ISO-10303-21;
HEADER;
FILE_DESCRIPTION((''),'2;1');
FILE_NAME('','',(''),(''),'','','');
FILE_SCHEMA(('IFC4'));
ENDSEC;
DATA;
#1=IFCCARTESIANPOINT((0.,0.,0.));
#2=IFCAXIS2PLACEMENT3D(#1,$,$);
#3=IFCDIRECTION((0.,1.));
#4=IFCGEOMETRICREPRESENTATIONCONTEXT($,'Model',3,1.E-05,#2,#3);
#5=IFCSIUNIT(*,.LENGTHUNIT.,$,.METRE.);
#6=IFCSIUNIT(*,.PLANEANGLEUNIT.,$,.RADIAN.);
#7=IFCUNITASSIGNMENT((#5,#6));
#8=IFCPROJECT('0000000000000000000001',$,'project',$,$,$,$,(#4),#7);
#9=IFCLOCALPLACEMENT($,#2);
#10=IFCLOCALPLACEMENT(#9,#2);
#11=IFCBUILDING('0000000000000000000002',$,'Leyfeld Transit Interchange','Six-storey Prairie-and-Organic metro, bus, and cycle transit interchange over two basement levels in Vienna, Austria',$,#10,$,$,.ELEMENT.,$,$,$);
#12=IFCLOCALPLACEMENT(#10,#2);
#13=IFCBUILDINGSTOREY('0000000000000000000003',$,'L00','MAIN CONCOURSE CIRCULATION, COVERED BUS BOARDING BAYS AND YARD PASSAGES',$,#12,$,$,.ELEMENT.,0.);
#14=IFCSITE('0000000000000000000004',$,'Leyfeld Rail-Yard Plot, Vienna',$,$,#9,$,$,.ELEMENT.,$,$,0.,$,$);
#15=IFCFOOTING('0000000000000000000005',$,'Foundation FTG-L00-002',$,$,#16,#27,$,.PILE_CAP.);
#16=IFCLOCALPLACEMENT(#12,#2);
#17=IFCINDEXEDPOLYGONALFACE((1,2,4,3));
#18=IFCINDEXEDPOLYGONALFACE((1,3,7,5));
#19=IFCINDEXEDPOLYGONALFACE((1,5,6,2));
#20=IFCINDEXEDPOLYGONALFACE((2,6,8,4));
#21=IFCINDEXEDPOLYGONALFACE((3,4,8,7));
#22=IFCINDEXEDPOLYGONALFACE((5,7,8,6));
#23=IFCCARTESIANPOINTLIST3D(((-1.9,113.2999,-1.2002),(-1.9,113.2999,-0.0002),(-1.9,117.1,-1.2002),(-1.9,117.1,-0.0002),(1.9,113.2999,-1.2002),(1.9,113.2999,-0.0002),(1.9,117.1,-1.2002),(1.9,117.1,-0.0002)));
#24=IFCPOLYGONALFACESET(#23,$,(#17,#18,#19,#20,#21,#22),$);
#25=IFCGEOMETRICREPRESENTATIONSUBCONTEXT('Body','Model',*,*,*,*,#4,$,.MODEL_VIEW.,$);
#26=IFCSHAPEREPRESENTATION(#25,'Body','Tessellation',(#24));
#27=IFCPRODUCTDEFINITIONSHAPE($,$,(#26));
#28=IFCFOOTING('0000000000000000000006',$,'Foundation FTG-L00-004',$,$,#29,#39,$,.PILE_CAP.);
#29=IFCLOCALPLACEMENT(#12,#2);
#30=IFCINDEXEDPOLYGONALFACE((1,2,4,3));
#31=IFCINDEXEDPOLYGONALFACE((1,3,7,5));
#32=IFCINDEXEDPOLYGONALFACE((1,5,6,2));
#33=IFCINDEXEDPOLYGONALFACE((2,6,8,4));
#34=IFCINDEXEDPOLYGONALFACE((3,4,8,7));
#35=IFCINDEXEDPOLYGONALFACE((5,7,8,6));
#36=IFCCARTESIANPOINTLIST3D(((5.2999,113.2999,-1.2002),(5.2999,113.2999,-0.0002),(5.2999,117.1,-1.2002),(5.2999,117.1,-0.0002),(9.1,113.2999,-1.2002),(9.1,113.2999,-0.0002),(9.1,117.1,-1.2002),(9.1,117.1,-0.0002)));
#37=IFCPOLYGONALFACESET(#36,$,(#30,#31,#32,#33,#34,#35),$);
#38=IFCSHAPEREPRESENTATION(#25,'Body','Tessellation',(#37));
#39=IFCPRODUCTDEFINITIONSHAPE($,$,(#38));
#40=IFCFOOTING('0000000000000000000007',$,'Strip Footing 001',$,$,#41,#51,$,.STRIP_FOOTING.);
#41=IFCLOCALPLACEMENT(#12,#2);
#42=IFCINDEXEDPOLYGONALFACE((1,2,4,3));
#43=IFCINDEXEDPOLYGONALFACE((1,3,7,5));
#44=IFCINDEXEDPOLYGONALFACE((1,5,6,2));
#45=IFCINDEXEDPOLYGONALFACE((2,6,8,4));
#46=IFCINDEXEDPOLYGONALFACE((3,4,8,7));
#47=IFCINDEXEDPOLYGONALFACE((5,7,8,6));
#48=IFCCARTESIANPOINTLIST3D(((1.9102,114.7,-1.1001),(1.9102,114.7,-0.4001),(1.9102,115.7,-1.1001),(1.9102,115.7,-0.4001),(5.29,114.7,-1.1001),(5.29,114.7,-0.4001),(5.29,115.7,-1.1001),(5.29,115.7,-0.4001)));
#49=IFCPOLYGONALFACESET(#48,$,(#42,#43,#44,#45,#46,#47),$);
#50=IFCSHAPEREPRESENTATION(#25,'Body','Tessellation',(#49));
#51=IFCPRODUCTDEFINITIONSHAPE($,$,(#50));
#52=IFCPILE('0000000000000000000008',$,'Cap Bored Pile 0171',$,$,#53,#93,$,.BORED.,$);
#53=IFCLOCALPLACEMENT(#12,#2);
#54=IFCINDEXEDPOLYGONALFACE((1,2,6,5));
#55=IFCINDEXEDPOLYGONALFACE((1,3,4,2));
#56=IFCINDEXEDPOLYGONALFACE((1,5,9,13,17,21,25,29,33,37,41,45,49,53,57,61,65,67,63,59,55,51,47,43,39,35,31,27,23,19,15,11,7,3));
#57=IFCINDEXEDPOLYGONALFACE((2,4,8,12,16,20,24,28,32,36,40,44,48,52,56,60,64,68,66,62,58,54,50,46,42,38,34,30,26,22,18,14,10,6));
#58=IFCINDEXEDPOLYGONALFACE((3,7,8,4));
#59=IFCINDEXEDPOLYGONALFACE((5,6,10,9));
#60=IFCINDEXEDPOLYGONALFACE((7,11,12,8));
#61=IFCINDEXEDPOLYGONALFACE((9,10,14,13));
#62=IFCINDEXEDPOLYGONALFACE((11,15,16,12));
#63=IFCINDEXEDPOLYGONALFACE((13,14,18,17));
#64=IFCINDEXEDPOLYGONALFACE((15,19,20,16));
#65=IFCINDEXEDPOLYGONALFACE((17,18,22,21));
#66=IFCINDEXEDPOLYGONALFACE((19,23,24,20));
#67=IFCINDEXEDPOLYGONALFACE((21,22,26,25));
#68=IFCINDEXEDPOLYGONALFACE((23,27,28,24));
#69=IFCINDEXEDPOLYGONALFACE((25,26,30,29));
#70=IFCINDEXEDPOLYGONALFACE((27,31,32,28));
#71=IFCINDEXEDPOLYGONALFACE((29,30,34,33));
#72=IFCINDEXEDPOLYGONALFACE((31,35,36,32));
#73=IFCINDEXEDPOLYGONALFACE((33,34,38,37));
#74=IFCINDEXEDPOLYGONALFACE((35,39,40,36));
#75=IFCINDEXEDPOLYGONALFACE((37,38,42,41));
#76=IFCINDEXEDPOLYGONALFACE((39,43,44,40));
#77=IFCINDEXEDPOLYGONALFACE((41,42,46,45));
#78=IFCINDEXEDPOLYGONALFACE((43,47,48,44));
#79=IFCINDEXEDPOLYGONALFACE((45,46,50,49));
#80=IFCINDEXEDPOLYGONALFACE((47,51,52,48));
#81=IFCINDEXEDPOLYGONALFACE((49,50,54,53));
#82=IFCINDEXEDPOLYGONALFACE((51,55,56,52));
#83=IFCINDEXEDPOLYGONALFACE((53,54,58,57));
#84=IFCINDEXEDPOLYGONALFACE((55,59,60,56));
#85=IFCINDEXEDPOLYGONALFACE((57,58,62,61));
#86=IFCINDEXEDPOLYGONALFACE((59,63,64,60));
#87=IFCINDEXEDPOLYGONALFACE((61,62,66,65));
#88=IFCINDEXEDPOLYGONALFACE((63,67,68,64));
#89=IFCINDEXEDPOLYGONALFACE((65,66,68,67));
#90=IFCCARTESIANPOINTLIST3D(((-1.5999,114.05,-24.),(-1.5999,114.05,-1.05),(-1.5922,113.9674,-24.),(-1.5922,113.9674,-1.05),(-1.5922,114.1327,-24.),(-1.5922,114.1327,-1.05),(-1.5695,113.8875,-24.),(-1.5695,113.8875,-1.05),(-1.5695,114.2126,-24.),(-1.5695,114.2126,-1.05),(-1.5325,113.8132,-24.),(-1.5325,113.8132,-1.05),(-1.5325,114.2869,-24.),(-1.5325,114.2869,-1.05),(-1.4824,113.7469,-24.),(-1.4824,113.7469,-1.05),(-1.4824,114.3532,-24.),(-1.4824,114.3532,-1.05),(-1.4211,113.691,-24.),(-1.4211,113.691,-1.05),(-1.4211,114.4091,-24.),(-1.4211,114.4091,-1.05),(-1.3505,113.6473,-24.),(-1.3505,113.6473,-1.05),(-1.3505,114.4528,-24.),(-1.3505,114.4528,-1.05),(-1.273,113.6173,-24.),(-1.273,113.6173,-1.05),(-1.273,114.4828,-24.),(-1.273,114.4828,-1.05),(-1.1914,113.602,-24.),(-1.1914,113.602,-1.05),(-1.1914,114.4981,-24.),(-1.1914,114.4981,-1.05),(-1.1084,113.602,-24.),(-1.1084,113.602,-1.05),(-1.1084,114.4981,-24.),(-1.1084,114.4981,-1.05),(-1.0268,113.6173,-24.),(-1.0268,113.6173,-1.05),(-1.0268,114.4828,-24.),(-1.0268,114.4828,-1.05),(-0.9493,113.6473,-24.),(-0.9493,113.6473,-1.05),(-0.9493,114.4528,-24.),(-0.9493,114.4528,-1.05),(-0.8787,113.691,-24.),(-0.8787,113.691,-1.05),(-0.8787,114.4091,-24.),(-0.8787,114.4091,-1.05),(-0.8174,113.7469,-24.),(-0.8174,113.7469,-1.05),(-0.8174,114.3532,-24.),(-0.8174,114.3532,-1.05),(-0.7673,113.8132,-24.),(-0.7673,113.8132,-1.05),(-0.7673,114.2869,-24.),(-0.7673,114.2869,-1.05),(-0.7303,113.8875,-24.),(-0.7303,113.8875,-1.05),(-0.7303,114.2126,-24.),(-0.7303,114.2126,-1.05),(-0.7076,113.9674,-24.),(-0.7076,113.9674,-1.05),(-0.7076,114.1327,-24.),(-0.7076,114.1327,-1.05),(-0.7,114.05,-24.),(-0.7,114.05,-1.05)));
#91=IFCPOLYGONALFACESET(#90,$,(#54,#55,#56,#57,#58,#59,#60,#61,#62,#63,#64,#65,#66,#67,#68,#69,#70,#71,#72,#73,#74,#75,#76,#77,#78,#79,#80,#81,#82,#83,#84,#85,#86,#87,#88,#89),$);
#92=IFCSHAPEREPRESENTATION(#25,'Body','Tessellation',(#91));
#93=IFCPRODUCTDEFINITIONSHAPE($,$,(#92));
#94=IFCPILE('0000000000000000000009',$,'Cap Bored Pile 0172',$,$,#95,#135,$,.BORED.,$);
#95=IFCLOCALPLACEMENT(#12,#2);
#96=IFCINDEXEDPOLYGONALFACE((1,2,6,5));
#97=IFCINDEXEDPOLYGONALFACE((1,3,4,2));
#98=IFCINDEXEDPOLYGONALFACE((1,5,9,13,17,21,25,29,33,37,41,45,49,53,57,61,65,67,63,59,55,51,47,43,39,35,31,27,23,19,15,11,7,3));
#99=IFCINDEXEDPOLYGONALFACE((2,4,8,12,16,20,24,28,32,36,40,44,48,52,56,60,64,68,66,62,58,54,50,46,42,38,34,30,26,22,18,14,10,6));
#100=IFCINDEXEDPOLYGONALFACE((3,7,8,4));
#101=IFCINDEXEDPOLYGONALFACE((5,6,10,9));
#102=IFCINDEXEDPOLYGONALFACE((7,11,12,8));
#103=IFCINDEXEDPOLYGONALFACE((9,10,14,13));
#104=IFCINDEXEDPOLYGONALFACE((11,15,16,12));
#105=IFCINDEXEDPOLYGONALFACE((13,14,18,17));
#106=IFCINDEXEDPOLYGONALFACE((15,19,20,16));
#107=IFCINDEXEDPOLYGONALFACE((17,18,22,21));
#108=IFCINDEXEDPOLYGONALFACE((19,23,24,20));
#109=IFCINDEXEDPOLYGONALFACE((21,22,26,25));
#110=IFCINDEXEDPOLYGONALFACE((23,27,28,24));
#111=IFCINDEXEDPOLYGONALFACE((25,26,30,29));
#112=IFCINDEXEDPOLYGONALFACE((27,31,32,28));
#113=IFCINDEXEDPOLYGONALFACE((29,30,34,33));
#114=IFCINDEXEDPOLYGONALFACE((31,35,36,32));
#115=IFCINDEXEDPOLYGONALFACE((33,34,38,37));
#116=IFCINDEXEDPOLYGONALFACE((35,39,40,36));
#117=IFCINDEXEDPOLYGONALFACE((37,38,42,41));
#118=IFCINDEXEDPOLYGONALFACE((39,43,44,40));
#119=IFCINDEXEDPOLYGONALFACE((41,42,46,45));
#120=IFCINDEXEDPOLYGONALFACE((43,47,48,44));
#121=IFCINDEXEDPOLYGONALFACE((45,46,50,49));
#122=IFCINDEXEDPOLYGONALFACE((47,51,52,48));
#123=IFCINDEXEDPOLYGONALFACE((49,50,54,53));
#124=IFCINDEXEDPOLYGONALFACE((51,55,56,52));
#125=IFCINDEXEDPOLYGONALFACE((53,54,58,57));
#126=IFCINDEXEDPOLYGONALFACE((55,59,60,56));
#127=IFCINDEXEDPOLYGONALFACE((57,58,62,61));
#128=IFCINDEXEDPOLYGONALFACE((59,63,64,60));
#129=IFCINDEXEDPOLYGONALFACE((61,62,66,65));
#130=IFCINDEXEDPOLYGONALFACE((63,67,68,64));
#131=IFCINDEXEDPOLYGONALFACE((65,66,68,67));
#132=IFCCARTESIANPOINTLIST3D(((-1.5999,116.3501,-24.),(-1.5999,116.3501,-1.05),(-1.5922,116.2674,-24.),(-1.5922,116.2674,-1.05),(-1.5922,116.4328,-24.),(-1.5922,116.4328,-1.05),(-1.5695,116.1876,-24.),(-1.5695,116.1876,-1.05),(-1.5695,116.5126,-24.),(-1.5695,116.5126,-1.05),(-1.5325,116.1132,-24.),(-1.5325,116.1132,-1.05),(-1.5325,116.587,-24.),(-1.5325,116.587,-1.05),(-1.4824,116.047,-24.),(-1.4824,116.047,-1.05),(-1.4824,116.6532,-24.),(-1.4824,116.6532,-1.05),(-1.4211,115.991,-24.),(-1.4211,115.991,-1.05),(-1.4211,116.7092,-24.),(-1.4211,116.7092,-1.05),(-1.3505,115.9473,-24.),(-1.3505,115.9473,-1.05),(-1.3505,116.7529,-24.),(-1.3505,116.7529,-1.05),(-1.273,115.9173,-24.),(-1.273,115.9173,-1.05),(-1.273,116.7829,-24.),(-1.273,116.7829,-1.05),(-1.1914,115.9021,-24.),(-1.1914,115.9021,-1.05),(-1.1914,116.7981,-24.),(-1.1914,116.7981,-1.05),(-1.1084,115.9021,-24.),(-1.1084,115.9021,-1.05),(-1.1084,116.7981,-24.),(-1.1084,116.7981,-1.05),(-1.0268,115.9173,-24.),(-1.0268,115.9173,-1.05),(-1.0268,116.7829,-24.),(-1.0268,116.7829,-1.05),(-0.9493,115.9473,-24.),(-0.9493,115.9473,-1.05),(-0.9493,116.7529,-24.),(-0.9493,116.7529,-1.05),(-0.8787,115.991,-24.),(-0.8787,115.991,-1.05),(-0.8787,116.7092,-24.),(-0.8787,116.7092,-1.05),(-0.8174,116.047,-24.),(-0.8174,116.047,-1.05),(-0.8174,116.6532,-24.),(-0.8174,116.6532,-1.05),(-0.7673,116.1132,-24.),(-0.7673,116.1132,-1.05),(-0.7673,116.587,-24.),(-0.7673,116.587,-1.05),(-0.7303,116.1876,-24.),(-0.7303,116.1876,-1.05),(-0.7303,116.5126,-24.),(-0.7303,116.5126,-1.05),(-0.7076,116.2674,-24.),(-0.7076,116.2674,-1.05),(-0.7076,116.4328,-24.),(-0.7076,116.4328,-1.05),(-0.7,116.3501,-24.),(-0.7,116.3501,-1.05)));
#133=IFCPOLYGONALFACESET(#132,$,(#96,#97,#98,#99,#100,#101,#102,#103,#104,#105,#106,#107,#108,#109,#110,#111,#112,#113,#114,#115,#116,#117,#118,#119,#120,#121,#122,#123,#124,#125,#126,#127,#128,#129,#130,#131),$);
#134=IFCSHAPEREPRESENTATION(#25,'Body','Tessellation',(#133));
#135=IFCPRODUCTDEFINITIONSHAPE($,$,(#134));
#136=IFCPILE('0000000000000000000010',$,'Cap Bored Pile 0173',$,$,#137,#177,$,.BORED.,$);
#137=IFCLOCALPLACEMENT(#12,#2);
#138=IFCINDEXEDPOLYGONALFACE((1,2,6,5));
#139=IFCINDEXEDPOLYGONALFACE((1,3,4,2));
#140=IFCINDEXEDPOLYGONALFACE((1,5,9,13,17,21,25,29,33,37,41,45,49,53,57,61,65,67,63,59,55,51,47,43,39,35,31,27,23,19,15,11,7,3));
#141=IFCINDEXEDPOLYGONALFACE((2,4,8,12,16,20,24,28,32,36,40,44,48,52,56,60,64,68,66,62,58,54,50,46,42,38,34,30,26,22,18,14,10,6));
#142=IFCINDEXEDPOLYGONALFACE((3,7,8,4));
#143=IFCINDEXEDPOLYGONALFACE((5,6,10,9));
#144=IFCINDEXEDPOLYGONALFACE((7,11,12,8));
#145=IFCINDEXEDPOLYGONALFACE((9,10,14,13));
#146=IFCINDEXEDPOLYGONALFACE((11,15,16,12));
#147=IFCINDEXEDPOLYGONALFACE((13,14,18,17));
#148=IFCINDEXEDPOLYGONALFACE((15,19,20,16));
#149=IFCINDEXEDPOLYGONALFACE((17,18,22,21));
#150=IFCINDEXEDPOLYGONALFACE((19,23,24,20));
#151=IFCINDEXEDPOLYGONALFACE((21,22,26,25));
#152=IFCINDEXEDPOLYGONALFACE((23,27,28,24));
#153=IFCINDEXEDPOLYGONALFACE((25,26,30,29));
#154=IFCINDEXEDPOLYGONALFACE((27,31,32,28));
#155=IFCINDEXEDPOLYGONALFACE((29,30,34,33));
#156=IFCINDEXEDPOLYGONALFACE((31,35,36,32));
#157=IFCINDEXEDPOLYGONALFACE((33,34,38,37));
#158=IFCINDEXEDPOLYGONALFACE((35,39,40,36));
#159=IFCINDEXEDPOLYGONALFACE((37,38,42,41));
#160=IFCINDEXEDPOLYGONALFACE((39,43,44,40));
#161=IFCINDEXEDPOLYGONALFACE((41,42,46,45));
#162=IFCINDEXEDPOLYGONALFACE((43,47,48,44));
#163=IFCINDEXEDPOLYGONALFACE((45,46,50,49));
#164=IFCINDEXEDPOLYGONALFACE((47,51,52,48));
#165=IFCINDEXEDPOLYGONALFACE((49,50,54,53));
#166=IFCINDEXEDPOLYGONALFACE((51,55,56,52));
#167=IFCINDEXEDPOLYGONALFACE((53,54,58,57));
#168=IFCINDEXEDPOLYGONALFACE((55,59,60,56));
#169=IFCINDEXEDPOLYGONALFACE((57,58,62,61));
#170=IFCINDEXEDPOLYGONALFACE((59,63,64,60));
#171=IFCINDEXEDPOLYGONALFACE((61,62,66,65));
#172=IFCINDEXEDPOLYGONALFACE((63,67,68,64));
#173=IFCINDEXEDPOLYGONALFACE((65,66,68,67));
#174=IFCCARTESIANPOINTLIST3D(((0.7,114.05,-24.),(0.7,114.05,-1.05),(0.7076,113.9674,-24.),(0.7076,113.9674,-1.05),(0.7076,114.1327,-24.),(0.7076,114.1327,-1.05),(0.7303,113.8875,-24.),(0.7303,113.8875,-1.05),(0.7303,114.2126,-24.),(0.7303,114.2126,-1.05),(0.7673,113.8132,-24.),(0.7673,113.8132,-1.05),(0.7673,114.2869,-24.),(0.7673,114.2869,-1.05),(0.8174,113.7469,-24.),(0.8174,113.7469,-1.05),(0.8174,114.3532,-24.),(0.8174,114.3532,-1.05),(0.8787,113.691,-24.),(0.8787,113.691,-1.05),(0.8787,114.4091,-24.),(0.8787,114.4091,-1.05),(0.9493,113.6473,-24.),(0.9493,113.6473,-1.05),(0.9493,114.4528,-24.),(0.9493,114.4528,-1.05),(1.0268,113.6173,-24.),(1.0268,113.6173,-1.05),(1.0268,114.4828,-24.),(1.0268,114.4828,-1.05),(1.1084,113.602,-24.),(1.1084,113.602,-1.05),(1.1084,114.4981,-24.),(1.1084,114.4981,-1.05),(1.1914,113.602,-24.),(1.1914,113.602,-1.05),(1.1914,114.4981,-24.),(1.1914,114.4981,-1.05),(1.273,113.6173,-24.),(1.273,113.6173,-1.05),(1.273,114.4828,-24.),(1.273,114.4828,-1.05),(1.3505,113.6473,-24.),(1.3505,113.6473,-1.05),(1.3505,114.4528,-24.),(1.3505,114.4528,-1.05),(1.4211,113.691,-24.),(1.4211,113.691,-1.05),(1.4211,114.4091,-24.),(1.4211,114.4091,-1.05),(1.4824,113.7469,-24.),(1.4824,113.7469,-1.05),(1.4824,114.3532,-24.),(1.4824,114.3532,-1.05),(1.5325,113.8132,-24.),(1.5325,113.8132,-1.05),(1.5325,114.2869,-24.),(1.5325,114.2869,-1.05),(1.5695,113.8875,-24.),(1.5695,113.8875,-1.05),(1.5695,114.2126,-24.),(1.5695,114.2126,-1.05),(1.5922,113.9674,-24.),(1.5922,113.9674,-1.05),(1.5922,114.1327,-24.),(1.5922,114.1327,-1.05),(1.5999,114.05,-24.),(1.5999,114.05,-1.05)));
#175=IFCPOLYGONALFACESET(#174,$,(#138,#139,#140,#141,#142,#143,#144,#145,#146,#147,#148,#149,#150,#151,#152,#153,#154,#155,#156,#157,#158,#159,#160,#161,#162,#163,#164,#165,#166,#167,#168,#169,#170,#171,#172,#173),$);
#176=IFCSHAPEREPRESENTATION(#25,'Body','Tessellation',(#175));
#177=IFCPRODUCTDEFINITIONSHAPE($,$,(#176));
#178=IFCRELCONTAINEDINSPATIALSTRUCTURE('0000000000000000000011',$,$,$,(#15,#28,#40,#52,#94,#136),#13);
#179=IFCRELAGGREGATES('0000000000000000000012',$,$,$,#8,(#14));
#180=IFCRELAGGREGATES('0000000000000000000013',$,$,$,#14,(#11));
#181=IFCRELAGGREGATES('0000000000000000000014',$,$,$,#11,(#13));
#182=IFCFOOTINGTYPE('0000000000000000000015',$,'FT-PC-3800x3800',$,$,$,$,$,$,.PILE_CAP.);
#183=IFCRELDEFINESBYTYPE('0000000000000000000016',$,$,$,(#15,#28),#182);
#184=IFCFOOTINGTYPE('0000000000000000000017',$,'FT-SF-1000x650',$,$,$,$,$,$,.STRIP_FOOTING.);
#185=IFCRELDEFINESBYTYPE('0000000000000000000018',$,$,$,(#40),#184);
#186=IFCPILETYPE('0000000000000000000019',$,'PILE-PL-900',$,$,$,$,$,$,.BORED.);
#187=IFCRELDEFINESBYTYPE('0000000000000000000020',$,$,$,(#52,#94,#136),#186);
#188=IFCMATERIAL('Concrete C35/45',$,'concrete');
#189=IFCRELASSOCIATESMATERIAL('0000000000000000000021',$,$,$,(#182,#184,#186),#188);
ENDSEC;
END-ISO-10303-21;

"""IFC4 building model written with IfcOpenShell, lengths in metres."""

from ifc_helpers import new_model, si_unit, direction, frame, origin, origin_2d, place, context, subcontext, project, spatial, rectangle, circle, extrude, material, material_profile, profile_set, type_object, element, save


model = new_model("IFC4")

# Units and contexts
model_context = context("Model", 3, precision=1e-05, world=origin(), true_north=direction((0.0, 1.0)))
body_context = subcontext(model_context, "Body", "Model", "MODEL_VIEW")
ifc_project = project(units=[si_unit("LENGTHUNIT", "METRE"), si_unit("PLANEANGLEUNIT", "RADIAN")], contexts=[model_context])

# Site, building, storey
site_placement = place(None, origin())
site = spatial("IfcSite", under=ifc_project, at=site_placement, Name="Leyfeld Rail-Yard Plot, Vienna", CompositionType="ELEMENT", RefElevation=0.0)
building_placement = place(site_placement, origin())
building = spatial("IfcBuilding", under=site, at=building_placement, Name="Leyfeld Transit Interchange", Description="Six-storey Prairie-and-Organic metro, bus, and cycle transit interchange over two basement levels in Vienna, Austria", CompositionType="ELEMENT")
storey_placement = place(building_placement, origin())
storey = spatial("IfcBuildingStorey", under=building, at=storey_placement, Name="L00", Description="MAIN CONCOURSE CIRCULATION, COVERED BUS BOARDING BAYS AND YARD PASSAGES", CompositionType="ELEMENT", Elevation=0.0)

# Footings
ifc_material_1 = material(Name="Concrete C35/45", Category="concrete")
footing_type_1 = type_object("IfcFootingType", Name="FT-PC-3800x3800", PredefinedType="PILE_CAP", material=ifc_material_1)
for number, where, z_axis, x_axis, name in (
    (1, (0.0, 115.2, -1.2002), (0.0, 0.0, 1.0), (1.0, 0.0, 0.0), "Foundation FTG-L00-002"),
    (2, (7.2, 115.2, -1.2002), (0.0, 0.0, 1.0), (1.0, 0.0, 0.0), "Foundation FTG-L00-004"),
):
    element("IfcFooting", number, at=place(storey_placement, frame(where, z_axis=z_axis, x_axis=x_axis)), inside=storey, type_object=footing_type_1, Name=name, PredefinedType="PILE_CAP", context=body_context, shape_type="SweptSolid", body=[
        extrude(rectangle(XDim=3.8, YDim=3.8, at=origin_2d()), origin(), (0.0, 0.0, 1.0), 1.2),
    ])
footing_type_2 = type_object("IfcFootingType", Name="FT-SF-1000x650", PredefinedType="STRIP_FOOTING", material=ifc_material_1)
footing_placement = place(storey_placement, frame((3.6001, 115.2, -1.1001), z_axis=(0.0, 0.0, 1.0), x_axis=(1.0, 0.0, 0.0)))
element("IfcFooting", 3, at=footing_placement, inside=storey, type_object=footing_type_2, Name="Strip Footing 001", PredefinedType="STRIP_FOOTING", context=body_context, shape_type="SweptSolid", body=[
    extrude(rectangle(XDim=3.3799, YDim=1.0, at=origin_2d()), origin(), (0.0, 0.0, 1.0), 0.7),
])

# Piles
ifc_material_profile_1 = material_profile(ifc_material_1, circle(Radius=0.45, at=origin_2d()), Name="PILE D900")
ifc_profile_set_1 = profile_set([ifc_material_profile_1], Name="Concrete C35/45")
pile_type = type_object("IfcPileType", Name="PILE-PL-900", PredefinedType="BORED", material=ifc_profile_set_1)
for number, where, z_axis, x_axis, name in (
    (4, (-1.1499, 114.05, -1.05), (0.0, 0.0, -1.0), (1.0, 0.0, 0.0), "Cap Bored Pile 0171"),
    (5, (-1.1499, 116.3501, -1.05), (0.0, 0.0, -1.0), (1.0, 0.0, 0.0), "Cap Bored Pile 0172"),
    (6, (1.1499, 114.05, -1.05), (0.0, 0.0, -1.0), (1.0, 0.0, 0.0), "Cap Bored Pile 0173"),
):
    element("IfcPile", number, at=place(storey_placement, frame(where, z_axis=z_axis, x_axis=x_axis)), inside=storey, type_object=pile_type, Name=name, PredefinedType="BORED", context=body_context, shape_type="SweptSolid", body=[
        extrude(circle(Radius=0.45, at=origin_2d()), origin(), (0.0, 0.0, 1.0), 22.95),
    ])

save(model, "model.ifc")
